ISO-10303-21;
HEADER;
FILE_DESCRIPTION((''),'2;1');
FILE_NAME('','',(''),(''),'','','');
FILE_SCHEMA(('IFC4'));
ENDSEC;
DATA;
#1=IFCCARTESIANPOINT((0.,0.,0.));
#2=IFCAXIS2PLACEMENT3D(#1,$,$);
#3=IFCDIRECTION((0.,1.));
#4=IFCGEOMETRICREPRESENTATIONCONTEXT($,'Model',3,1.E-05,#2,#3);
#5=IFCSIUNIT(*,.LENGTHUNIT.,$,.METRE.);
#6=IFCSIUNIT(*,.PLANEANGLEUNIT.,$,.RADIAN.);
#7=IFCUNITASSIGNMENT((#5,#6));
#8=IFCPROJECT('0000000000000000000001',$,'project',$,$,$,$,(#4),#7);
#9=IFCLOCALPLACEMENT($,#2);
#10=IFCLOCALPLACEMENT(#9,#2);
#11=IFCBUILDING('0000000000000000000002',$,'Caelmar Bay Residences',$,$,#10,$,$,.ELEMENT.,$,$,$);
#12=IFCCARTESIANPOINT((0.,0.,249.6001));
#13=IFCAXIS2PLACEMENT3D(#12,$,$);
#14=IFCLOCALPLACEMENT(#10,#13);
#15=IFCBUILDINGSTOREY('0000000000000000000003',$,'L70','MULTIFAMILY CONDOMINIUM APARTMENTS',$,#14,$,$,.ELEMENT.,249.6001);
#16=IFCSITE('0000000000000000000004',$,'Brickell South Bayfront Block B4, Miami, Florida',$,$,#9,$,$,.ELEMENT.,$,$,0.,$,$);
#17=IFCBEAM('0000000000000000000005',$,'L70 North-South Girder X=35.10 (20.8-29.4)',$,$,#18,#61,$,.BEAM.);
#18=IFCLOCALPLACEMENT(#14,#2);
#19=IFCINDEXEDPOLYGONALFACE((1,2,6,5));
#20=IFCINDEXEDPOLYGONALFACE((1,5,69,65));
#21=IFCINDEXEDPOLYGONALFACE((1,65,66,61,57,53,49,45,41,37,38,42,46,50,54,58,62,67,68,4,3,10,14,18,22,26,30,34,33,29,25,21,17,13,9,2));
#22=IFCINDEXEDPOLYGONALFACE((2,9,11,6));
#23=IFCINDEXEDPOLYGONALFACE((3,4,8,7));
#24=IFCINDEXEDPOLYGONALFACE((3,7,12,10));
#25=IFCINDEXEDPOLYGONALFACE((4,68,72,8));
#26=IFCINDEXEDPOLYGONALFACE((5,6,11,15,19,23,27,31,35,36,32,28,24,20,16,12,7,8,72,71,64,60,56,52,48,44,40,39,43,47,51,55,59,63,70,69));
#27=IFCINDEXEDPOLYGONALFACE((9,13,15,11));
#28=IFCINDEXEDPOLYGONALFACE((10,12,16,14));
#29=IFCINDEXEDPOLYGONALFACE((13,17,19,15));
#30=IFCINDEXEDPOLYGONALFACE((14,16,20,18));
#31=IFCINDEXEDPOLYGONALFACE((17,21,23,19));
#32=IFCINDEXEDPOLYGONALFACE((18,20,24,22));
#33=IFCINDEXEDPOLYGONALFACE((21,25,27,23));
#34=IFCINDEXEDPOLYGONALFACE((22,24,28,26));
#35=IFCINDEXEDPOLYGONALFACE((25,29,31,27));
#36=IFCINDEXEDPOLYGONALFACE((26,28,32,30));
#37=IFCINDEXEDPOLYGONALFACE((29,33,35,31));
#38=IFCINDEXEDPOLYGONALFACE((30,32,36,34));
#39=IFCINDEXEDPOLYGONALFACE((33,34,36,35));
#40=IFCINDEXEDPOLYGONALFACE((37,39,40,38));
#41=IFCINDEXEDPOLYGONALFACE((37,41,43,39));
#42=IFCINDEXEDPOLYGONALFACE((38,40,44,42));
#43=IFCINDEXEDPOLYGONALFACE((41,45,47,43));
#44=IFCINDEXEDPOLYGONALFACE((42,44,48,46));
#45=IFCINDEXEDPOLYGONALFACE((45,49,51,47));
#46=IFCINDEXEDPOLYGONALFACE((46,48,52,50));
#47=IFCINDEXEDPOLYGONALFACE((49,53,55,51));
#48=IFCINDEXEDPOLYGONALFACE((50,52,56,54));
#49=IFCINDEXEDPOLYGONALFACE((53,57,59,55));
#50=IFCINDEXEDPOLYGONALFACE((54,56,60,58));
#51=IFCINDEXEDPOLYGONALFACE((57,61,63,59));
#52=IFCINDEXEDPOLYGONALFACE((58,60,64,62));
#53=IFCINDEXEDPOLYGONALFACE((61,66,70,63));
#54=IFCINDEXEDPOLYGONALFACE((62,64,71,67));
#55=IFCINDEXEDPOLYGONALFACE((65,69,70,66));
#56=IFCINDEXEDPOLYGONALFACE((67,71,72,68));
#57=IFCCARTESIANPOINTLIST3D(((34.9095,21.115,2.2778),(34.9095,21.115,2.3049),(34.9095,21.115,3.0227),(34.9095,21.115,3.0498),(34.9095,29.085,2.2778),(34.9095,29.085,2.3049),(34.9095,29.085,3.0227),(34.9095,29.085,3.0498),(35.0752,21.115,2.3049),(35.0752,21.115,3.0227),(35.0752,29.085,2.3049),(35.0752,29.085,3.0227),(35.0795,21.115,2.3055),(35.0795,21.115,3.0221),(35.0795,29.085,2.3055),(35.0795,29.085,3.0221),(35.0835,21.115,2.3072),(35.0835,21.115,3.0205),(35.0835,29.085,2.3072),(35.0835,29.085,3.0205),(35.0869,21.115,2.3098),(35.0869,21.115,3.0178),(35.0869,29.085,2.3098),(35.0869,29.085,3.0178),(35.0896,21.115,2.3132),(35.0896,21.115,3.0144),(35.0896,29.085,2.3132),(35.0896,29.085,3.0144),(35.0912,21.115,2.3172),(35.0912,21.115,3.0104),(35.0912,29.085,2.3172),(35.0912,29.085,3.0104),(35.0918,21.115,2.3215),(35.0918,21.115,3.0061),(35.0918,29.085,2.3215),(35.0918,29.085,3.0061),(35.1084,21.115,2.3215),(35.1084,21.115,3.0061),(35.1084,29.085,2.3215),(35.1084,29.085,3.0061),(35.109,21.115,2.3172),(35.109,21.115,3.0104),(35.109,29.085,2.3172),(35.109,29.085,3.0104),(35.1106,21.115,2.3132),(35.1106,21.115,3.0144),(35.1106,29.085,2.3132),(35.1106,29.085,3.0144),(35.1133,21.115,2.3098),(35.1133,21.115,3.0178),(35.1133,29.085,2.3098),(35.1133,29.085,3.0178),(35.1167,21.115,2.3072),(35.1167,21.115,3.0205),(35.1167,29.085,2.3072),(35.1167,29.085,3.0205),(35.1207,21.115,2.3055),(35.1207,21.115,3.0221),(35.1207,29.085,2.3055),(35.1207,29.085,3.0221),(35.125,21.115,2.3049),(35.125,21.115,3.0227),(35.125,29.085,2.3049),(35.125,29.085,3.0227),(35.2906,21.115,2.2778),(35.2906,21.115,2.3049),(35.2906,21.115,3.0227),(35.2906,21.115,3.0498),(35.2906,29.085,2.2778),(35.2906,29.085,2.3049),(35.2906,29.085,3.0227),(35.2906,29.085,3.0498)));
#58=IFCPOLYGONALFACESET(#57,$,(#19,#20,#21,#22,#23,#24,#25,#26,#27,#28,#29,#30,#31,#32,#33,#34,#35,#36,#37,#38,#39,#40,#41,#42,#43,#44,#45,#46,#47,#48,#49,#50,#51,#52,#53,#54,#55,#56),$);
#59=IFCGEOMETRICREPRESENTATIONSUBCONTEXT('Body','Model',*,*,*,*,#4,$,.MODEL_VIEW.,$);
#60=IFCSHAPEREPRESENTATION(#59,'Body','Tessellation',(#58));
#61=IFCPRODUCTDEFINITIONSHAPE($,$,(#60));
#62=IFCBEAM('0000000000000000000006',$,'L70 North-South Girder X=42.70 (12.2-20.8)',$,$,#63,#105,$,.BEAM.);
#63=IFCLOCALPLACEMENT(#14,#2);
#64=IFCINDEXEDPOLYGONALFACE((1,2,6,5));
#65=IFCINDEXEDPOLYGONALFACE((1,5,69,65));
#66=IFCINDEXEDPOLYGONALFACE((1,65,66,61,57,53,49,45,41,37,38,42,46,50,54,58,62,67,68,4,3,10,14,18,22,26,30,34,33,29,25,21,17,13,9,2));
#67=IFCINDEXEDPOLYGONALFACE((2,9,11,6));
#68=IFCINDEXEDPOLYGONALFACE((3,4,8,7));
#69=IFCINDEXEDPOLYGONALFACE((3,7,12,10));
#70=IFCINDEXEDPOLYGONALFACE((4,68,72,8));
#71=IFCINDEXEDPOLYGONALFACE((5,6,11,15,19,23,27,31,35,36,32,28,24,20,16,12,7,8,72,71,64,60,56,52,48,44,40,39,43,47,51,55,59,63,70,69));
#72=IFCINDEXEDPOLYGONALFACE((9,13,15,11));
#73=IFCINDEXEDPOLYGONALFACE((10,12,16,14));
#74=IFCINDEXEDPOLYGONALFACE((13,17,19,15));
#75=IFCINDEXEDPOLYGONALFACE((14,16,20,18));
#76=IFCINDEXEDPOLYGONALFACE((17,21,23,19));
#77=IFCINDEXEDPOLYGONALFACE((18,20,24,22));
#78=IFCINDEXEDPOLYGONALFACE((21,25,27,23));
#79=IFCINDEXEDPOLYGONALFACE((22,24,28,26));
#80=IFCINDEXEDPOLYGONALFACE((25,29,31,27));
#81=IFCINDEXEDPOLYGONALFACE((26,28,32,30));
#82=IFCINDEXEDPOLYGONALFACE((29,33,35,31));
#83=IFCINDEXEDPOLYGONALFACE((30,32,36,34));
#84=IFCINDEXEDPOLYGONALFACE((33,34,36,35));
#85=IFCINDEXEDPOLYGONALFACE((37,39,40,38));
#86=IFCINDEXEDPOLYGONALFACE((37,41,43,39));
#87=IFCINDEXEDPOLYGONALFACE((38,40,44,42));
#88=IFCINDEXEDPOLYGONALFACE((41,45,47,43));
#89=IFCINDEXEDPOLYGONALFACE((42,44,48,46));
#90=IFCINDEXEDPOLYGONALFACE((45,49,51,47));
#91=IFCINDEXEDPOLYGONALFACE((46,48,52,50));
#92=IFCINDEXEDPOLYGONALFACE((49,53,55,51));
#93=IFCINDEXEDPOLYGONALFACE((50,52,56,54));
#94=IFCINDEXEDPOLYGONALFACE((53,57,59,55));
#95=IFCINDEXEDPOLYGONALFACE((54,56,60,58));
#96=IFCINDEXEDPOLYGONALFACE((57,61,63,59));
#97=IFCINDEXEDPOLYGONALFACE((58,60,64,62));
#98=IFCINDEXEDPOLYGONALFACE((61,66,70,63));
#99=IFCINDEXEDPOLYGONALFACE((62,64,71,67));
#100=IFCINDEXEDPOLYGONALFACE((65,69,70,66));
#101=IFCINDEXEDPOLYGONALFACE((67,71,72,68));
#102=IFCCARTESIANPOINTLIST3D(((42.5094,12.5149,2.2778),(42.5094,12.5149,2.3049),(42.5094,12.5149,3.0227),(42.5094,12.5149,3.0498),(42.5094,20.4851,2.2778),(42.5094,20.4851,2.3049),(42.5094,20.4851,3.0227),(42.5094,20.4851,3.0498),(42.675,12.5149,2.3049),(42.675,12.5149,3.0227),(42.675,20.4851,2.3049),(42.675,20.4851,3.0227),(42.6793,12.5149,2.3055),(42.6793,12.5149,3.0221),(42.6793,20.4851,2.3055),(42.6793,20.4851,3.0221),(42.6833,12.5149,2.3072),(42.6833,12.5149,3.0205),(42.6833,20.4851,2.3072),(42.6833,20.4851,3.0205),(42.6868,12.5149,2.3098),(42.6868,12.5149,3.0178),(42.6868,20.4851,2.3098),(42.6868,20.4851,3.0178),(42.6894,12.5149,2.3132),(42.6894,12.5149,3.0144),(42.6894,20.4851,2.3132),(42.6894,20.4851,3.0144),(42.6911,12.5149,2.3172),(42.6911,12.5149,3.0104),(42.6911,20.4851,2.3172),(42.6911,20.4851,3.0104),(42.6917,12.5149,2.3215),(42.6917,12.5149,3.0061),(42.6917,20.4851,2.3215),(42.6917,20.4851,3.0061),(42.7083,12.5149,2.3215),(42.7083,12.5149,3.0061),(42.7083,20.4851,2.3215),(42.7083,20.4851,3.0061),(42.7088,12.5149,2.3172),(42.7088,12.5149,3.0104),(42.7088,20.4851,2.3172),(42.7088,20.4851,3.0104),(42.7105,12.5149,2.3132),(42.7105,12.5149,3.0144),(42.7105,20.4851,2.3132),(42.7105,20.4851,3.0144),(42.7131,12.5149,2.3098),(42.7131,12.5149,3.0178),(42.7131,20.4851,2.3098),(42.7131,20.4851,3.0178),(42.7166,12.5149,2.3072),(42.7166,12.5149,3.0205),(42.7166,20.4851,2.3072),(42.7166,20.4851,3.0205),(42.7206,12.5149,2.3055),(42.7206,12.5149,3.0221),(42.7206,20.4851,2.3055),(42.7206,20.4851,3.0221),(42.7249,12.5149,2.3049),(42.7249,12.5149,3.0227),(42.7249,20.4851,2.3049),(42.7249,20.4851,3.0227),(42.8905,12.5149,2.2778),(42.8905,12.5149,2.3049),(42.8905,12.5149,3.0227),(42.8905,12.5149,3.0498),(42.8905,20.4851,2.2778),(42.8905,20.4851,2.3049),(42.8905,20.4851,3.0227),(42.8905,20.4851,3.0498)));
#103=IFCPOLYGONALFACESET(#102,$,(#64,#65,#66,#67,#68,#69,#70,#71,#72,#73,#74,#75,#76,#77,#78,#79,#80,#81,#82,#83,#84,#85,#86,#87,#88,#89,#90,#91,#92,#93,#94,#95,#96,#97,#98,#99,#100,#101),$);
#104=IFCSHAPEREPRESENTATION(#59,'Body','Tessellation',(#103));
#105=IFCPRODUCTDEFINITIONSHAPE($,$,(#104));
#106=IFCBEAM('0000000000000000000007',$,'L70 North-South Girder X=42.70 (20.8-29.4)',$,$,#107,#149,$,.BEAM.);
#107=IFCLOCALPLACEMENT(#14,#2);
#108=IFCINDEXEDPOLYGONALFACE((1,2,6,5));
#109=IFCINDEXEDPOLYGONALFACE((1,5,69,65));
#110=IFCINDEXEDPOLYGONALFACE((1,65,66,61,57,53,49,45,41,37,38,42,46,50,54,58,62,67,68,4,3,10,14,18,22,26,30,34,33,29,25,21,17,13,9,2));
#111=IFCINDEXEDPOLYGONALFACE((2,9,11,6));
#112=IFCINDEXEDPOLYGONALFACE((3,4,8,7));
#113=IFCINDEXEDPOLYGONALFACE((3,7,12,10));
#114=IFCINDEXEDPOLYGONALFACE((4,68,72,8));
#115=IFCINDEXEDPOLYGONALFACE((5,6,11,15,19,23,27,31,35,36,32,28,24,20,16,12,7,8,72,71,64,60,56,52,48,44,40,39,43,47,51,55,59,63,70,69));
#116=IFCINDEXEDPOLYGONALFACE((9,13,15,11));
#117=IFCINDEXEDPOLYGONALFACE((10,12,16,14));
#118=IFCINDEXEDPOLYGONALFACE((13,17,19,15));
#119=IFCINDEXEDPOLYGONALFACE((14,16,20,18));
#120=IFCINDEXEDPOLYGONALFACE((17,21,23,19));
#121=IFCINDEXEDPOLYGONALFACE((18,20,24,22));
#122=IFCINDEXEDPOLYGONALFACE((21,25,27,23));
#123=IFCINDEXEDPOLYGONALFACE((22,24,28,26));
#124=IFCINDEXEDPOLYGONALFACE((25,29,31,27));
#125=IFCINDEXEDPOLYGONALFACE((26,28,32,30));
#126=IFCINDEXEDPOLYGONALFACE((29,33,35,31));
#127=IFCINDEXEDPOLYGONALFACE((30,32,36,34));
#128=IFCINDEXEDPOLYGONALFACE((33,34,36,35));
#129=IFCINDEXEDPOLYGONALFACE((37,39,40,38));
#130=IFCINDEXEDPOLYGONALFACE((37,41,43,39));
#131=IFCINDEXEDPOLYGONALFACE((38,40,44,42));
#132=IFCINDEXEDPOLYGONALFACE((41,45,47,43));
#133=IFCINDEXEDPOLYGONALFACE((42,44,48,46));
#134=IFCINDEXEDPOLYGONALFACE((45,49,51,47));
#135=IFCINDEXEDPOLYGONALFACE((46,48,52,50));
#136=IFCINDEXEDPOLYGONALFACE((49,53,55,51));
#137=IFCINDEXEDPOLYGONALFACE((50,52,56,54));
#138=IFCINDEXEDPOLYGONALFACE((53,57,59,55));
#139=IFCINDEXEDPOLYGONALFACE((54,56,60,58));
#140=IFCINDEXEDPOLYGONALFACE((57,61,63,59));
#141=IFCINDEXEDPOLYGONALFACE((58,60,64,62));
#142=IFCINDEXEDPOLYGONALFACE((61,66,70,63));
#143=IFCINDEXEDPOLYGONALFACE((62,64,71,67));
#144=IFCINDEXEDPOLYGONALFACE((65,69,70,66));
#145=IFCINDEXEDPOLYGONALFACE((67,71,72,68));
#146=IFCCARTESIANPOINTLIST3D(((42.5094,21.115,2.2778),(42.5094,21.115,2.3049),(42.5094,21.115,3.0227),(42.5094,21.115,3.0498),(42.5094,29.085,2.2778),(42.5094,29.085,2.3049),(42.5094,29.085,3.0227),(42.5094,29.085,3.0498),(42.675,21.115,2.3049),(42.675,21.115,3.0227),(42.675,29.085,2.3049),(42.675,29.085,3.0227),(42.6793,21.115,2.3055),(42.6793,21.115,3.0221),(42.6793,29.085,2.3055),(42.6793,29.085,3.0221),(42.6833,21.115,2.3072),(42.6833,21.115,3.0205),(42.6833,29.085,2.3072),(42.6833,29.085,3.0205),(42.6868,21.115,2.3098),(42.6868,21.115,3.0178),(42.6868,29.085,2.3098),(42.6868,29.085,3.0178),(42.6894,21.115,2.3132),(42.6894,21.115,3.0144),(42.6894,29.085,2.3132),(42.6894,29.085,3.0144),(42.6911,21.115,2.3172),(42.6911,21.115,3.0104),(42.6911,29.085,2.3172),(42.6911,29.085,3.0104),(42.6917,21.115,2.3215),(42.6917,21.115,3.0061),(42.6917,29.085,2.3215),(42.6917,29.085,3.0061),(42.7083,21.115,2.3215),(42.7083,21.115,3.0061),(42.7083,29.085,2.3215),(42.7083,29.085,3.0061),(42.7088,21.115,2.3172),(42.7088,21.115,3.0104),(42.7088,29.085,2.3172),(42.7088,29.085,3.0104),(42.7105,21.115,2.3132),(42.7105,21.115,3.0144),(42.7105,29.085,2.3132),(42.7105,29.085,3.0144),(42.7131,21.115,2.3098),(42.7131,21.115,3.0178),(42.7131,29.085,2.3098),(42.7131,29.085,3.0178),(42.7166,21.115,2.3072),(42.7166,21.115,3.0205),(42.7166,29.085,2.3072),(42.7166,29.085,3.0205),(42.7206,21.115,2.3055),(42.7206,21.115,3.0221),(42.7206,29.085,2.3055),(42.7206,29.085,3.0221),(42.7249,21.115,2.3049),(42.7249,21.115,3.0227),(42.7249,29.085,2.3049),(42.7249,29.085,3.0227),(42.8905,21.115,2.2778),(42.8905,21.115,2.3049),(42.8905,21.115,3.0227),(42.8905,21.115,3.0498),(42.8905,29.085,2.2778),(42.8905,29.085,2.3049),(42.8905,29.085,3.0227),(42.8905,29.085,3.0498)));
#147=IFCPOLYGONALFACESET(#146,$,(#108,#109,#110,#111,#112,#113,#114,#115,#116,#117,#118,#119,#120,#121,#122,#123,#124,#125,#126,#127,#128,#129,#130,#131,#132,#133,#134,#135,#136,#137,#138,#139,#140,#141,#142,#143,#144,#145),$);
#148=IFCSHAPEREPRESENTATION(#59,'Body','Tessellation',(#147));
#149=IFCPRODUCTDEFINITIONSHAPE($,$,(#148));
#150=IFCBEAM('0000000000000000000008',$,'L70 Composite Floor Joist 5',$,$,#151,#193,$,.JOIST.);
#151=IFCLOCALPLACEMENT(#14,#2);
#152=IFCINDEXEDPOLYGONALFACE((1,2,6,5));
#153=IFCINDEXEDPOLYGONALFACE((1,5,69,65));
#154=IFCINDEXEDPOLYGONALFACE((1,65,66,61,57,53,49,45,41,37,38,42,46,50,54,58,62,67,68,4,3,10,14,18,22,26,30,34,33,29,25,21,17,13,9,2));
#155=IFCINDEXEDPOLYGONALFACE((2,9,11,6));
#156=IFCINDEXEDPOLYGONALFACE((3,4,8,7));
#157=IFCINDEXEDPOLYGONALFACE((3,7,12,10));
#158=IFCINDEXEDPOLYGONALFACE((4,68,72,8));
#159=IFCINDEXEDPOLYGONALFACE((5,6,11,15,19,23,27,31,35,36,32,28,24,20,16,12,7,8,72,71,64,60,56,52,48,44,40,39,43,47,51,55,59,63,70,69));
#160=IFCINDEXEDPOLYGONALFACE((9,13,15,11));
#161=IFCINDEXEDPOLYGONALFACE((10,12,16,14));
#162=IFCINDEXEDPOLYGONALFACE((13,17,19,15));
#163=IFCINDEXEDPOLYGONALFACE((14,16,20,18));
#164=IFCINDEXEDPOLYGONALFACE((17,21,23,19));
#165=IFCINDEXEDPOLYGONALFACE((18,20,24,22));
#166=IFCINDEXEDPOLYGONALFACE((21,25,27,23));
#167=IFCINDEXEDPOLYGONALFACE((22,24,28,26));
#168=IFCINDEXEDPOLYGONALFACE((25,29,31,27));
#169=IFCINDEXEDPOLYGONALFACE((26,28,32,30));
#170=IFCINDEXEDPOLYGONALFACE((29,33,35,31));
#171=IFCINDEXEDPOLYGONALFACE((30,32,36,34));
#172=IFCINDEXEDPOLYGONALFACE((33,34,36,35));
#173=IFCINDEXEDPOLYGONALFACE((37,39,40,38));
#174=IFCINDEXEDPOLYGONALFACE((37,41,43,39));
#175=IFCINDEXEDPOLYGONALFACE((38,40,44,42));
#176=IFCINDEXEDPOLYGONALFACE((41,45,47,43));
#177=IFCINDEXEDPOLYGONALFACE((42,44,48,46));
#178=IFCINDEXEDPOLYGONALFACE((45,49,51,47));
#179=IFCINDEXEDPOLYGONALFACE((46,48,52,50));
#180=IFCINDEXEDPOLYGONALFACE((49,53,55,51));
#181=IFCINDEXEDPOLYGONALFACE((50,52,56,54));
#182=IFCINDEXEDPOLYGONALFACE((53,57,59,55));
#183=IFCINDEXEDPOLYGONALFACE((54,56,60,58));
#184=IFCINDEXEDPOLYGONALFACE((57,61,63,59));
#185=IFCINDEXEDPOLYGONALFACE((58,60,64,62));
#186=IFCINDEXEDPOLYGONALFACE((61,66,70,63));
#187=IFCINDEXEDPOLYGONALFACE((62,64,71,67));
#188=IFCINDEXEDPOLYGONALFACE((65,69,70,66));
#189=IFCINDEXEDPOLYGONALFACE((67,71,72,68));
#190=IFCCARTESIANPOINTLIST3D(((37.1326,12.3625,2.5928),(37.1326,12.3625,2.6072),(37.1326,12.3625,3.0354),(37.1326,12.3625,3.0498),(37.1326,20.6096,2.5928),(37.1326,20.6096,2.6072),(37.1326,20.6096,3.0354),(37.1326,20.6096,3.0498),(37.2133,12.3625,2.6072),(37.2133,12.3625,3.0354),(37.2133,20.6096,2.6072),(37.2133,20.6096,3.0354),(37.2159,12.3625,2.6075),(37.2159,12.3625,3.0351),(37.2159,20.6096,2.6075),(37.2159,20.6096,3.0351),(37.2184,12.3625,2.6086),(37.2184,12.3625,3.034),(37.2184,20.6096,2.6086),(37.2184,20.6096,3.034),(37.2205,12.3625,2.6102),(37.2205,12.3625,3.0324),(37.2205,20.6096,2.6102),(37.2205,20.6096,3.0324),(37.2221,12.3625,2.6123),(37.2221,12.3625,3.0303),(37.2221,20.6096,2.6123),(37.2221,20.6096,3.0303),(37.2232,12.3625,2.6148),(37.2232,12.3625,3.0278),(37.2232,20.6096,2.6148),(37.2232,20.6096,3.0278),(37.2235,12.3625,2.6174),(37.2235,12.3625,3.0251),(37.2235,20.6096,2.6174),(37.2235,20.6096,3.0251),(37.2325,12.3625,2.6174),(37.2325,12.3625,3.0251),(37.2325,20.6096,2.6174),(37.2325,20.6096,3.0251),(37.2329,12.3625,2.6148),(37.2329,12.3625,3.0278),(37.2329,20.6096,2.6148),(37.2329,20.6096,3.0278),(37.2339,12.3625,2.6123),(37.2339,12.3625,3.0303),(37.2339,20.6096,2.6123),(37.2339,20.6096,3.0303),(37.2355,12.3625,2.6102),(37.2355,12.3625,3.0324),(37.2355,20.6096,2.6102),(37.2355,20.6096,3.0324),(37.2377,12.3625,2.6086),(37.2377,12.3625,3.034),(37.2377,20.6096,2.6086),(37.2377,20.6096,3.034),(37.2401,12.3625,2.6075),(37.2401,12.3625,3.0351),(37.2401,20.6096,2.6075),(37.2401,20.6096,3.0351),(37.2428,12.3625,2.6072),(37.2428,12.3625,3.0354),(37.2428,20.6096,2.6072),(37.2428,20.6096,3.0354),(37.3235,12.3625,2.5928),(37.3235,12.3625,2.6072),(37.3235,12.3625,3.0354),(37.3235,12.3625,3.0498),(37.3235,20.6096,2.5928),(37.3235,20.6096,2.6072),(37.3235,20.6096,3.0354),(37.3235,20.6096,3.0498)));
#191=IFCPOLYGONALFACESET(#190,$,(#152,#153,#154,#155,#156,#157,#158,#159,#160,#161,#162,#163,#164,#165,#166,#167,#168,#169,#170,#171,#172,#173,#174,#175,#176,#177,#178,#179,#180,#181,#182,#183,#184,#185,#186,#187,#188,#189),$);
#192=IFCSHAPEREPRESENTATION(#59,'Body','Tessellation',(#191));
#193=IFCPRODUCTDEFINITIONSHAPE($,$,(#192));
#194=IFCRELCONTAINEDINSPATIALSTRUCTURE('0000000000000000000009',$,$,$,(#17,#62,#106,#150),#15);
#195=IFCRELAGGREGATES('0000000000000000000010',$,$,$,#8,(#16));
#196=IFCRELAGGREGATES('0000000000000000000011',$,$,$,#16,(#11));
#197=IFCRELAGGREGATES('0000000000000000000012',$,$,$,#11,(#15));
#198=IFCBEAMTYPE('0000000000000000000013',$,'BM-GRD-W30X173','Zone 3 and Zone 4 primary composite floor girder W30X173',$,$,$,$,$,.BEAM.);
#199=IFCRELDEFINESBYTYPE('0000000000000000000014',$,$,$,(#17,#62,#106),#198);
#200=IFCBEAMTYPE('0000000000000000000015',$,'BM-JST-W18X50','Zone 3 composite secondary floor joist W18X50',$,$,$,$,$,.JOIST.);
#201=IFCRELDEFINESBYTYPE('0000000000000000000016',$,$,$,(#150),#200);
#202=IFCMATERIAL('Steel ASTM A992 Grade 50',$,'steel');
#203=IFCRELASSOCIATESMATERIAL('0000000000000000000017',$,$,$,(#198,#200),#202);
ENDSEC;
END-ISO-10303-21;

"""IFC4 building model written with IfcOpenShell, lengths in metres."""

from ifc_helpers import new_model, si_unit, direction, frame, origin, origin_2d, place, context, subcontext, project, spatial, i_section, extrude, material, material_profile, profile_set, type_object, element, save


model = new_model("IFC4")

# Units and contexts
model_context = context("Model", 3, precision=1e-05, world=origin(), true_north=direction((0.0, 1.0)))
body_context = subcontext(model_context, "Body", "Model", "MODEL_VIEW")
ifc_project = project(units=[si_unit("LENGTHUNIT", "METRE"), si_unit("PLANEANGLEUNIT", "RADIAN")], contexts=[model_context])

# Site, building, storey
site_placement = place(None, origin())
site = spatial("IfcSite", under=ifc_project, at=site_placement, Name="Brickell South Bayfront Block B4, Miami, Florida", CompositionType="ELEMENT", RefElevation=0.0)
building_placement = place(site_placement, origin())
building = spatial("IfcBuilding", under=site, at=building_placement, Name="Caelmar Bay Residences", CompositionType="ELEMENT")
storey_placement = place(building_placement, frame((0.0, 0.0, 249.6001)))
storey = spatial("IfcBuildingStorey", under=building, at=storey_placement, Name="L70", Description="MULTIFAMILY CONDOMINIUM APARTMENTS", CompositionType="ELEMENT", Elevation=249.6001)

# Beams
ifc_material_1 = material(Name="Steel ASTM A992 Grade 50", Category="steel")
ifc_material_profile_1 = material_profile(ifc_material_1, i_section(OverallWidth=0.3811, OverallDepth=0.772, WebThickness=0.0166, FlangeThickness=0.0271, FilletRadius=0.0166, at=origin_2d()), Name="W30X173")
ifc_profile_set_1 = profile_set([ifc_material_profile_1], Name="Steel ASTM A992 Grade 50")
beam_type_1 = type_object("IfcBeamType", Name="BM-GRD-W30X173", Description="Zone 3 and Zone 4 primary composite floor girder W30X173", PredefinedType="BEAM", material=ifc_profile_set_1)
beam_1_placement = place(storey_placement, frame((35.1001, 21.115, 2.6638), z_axis=(0.0, 1.0, 0.0), x_axis=(-1.0, 0.0, 0.0)))
element("IfcBeam", 1, at=beam_1_placement, inside=storey, type_object=beam_type_1, Name="L70 North-South Girder X=35.10 (20.8-29.4)", PredefinedType="BEAM", context=body_context, shape_type="SweptSolid", body=[
    extrude(i_section(OverallWidth=0.3811, OverallDepth=0.772, WebThickness=0.0166, FlangeThickness=0.0271, FilletRadius=0.0166, at=origin_2d()), origin(), (0.0, 0.0, 1.0), 7.97),
])
beam_2_placement = place(storey_placement, frame((42.7, 12.5149, 2.6638), z_axis=(0.0, 1.0, 0.0), x_axis=(-1.0, 0.0, 0.0)))
element("IfcBeam", 2, at=beam_2_placement, inside=storey, type_object=beam_type_1, Name="L70 North-South Girder X=42.70 (12.2-20.8)", PredefinedType="BEAM", context=body_context, shape_type="SweptSolid", body=[
    extrude(i_section(OverallWidth=0.3811, OverallDepth=0.772, WebThickness=0.0166, FlangeThickness=0.0271, FilletRadius=0.0166, at=origin_2d()), origin(), (0.0, 0.0, 1.0), 7.9702),
])
beam_3_placement = place(storey_placement, frame((42.7, 21.115, 2.6638), z_axis=(0.0, 1.0, 0.0), x_axis=(-1.0, 0.0, 0.0)))
element("IfcBeam", 3, at=beam_3_placement, inside=storey, type_object=beam_type_1, Name="L70 North-South Girder X=42.70 (20.8-29.4)", PredefinedType="BEAM", context=body_context, shape_type="SweptSolid", body=[
    extrude(i_section(OverallWidth=0.3811, OverallDepth=0.772, WebThickness=0.0166, FlangeThickness=0.0271, FilletRadius=0.0166, at=origin_2d()), origin(), (0.0, 0.0, 1.0), 7.97),
])
ifc_material_profile_2 = material_profile(ifc_material_1, i_section(OverallWidth=0.1909, OverallDepth=0.457, WebThickness=0.009, FlangeThickness=0.0144, FilletRadius=0.0103, at=origin_2d()), Name="W18X50")
ifc_profile_set_2 = profile_set([ifc_material_profile_2], Name="Steel ASTM A992 Grade 50")
beam_type_2 = type_object("IfcBeamType", Name="BM-JST-W18X50", Description="Zone 3 composite secondary floor joist W18X50", PredefinedType="JOIST", material=ifc_profile_set_2)
for number, where, z_axis, x_axis, name in (
    (4, (37.228, 12.3625, 2.8213), (0.0, 1.0, 0.0), (-1.0, 0.0, 0.0), "L70 Composite Floor Joist 5"),
):
    element("IfcBeam", number, at=place(storey_placement, frame(where, z_axis=z_axis, x_axis=x_axis)), inside=storey, type_object=beam_type_2, Name=name, PredefinedType="JOIST", context=body_context, shape_type="SweptSolid", body=[
        extrude(i_section(OverallWidth=0.1909, OverallDepth=0.457, WebThickness=0.009, FlangeThickness=0.0144, FilletRadius=0.0103, at=origin_2d()), origin(), (0.0, 0.0, 1.0), 8.2471),
    ])

save(model, "model.ifc")
